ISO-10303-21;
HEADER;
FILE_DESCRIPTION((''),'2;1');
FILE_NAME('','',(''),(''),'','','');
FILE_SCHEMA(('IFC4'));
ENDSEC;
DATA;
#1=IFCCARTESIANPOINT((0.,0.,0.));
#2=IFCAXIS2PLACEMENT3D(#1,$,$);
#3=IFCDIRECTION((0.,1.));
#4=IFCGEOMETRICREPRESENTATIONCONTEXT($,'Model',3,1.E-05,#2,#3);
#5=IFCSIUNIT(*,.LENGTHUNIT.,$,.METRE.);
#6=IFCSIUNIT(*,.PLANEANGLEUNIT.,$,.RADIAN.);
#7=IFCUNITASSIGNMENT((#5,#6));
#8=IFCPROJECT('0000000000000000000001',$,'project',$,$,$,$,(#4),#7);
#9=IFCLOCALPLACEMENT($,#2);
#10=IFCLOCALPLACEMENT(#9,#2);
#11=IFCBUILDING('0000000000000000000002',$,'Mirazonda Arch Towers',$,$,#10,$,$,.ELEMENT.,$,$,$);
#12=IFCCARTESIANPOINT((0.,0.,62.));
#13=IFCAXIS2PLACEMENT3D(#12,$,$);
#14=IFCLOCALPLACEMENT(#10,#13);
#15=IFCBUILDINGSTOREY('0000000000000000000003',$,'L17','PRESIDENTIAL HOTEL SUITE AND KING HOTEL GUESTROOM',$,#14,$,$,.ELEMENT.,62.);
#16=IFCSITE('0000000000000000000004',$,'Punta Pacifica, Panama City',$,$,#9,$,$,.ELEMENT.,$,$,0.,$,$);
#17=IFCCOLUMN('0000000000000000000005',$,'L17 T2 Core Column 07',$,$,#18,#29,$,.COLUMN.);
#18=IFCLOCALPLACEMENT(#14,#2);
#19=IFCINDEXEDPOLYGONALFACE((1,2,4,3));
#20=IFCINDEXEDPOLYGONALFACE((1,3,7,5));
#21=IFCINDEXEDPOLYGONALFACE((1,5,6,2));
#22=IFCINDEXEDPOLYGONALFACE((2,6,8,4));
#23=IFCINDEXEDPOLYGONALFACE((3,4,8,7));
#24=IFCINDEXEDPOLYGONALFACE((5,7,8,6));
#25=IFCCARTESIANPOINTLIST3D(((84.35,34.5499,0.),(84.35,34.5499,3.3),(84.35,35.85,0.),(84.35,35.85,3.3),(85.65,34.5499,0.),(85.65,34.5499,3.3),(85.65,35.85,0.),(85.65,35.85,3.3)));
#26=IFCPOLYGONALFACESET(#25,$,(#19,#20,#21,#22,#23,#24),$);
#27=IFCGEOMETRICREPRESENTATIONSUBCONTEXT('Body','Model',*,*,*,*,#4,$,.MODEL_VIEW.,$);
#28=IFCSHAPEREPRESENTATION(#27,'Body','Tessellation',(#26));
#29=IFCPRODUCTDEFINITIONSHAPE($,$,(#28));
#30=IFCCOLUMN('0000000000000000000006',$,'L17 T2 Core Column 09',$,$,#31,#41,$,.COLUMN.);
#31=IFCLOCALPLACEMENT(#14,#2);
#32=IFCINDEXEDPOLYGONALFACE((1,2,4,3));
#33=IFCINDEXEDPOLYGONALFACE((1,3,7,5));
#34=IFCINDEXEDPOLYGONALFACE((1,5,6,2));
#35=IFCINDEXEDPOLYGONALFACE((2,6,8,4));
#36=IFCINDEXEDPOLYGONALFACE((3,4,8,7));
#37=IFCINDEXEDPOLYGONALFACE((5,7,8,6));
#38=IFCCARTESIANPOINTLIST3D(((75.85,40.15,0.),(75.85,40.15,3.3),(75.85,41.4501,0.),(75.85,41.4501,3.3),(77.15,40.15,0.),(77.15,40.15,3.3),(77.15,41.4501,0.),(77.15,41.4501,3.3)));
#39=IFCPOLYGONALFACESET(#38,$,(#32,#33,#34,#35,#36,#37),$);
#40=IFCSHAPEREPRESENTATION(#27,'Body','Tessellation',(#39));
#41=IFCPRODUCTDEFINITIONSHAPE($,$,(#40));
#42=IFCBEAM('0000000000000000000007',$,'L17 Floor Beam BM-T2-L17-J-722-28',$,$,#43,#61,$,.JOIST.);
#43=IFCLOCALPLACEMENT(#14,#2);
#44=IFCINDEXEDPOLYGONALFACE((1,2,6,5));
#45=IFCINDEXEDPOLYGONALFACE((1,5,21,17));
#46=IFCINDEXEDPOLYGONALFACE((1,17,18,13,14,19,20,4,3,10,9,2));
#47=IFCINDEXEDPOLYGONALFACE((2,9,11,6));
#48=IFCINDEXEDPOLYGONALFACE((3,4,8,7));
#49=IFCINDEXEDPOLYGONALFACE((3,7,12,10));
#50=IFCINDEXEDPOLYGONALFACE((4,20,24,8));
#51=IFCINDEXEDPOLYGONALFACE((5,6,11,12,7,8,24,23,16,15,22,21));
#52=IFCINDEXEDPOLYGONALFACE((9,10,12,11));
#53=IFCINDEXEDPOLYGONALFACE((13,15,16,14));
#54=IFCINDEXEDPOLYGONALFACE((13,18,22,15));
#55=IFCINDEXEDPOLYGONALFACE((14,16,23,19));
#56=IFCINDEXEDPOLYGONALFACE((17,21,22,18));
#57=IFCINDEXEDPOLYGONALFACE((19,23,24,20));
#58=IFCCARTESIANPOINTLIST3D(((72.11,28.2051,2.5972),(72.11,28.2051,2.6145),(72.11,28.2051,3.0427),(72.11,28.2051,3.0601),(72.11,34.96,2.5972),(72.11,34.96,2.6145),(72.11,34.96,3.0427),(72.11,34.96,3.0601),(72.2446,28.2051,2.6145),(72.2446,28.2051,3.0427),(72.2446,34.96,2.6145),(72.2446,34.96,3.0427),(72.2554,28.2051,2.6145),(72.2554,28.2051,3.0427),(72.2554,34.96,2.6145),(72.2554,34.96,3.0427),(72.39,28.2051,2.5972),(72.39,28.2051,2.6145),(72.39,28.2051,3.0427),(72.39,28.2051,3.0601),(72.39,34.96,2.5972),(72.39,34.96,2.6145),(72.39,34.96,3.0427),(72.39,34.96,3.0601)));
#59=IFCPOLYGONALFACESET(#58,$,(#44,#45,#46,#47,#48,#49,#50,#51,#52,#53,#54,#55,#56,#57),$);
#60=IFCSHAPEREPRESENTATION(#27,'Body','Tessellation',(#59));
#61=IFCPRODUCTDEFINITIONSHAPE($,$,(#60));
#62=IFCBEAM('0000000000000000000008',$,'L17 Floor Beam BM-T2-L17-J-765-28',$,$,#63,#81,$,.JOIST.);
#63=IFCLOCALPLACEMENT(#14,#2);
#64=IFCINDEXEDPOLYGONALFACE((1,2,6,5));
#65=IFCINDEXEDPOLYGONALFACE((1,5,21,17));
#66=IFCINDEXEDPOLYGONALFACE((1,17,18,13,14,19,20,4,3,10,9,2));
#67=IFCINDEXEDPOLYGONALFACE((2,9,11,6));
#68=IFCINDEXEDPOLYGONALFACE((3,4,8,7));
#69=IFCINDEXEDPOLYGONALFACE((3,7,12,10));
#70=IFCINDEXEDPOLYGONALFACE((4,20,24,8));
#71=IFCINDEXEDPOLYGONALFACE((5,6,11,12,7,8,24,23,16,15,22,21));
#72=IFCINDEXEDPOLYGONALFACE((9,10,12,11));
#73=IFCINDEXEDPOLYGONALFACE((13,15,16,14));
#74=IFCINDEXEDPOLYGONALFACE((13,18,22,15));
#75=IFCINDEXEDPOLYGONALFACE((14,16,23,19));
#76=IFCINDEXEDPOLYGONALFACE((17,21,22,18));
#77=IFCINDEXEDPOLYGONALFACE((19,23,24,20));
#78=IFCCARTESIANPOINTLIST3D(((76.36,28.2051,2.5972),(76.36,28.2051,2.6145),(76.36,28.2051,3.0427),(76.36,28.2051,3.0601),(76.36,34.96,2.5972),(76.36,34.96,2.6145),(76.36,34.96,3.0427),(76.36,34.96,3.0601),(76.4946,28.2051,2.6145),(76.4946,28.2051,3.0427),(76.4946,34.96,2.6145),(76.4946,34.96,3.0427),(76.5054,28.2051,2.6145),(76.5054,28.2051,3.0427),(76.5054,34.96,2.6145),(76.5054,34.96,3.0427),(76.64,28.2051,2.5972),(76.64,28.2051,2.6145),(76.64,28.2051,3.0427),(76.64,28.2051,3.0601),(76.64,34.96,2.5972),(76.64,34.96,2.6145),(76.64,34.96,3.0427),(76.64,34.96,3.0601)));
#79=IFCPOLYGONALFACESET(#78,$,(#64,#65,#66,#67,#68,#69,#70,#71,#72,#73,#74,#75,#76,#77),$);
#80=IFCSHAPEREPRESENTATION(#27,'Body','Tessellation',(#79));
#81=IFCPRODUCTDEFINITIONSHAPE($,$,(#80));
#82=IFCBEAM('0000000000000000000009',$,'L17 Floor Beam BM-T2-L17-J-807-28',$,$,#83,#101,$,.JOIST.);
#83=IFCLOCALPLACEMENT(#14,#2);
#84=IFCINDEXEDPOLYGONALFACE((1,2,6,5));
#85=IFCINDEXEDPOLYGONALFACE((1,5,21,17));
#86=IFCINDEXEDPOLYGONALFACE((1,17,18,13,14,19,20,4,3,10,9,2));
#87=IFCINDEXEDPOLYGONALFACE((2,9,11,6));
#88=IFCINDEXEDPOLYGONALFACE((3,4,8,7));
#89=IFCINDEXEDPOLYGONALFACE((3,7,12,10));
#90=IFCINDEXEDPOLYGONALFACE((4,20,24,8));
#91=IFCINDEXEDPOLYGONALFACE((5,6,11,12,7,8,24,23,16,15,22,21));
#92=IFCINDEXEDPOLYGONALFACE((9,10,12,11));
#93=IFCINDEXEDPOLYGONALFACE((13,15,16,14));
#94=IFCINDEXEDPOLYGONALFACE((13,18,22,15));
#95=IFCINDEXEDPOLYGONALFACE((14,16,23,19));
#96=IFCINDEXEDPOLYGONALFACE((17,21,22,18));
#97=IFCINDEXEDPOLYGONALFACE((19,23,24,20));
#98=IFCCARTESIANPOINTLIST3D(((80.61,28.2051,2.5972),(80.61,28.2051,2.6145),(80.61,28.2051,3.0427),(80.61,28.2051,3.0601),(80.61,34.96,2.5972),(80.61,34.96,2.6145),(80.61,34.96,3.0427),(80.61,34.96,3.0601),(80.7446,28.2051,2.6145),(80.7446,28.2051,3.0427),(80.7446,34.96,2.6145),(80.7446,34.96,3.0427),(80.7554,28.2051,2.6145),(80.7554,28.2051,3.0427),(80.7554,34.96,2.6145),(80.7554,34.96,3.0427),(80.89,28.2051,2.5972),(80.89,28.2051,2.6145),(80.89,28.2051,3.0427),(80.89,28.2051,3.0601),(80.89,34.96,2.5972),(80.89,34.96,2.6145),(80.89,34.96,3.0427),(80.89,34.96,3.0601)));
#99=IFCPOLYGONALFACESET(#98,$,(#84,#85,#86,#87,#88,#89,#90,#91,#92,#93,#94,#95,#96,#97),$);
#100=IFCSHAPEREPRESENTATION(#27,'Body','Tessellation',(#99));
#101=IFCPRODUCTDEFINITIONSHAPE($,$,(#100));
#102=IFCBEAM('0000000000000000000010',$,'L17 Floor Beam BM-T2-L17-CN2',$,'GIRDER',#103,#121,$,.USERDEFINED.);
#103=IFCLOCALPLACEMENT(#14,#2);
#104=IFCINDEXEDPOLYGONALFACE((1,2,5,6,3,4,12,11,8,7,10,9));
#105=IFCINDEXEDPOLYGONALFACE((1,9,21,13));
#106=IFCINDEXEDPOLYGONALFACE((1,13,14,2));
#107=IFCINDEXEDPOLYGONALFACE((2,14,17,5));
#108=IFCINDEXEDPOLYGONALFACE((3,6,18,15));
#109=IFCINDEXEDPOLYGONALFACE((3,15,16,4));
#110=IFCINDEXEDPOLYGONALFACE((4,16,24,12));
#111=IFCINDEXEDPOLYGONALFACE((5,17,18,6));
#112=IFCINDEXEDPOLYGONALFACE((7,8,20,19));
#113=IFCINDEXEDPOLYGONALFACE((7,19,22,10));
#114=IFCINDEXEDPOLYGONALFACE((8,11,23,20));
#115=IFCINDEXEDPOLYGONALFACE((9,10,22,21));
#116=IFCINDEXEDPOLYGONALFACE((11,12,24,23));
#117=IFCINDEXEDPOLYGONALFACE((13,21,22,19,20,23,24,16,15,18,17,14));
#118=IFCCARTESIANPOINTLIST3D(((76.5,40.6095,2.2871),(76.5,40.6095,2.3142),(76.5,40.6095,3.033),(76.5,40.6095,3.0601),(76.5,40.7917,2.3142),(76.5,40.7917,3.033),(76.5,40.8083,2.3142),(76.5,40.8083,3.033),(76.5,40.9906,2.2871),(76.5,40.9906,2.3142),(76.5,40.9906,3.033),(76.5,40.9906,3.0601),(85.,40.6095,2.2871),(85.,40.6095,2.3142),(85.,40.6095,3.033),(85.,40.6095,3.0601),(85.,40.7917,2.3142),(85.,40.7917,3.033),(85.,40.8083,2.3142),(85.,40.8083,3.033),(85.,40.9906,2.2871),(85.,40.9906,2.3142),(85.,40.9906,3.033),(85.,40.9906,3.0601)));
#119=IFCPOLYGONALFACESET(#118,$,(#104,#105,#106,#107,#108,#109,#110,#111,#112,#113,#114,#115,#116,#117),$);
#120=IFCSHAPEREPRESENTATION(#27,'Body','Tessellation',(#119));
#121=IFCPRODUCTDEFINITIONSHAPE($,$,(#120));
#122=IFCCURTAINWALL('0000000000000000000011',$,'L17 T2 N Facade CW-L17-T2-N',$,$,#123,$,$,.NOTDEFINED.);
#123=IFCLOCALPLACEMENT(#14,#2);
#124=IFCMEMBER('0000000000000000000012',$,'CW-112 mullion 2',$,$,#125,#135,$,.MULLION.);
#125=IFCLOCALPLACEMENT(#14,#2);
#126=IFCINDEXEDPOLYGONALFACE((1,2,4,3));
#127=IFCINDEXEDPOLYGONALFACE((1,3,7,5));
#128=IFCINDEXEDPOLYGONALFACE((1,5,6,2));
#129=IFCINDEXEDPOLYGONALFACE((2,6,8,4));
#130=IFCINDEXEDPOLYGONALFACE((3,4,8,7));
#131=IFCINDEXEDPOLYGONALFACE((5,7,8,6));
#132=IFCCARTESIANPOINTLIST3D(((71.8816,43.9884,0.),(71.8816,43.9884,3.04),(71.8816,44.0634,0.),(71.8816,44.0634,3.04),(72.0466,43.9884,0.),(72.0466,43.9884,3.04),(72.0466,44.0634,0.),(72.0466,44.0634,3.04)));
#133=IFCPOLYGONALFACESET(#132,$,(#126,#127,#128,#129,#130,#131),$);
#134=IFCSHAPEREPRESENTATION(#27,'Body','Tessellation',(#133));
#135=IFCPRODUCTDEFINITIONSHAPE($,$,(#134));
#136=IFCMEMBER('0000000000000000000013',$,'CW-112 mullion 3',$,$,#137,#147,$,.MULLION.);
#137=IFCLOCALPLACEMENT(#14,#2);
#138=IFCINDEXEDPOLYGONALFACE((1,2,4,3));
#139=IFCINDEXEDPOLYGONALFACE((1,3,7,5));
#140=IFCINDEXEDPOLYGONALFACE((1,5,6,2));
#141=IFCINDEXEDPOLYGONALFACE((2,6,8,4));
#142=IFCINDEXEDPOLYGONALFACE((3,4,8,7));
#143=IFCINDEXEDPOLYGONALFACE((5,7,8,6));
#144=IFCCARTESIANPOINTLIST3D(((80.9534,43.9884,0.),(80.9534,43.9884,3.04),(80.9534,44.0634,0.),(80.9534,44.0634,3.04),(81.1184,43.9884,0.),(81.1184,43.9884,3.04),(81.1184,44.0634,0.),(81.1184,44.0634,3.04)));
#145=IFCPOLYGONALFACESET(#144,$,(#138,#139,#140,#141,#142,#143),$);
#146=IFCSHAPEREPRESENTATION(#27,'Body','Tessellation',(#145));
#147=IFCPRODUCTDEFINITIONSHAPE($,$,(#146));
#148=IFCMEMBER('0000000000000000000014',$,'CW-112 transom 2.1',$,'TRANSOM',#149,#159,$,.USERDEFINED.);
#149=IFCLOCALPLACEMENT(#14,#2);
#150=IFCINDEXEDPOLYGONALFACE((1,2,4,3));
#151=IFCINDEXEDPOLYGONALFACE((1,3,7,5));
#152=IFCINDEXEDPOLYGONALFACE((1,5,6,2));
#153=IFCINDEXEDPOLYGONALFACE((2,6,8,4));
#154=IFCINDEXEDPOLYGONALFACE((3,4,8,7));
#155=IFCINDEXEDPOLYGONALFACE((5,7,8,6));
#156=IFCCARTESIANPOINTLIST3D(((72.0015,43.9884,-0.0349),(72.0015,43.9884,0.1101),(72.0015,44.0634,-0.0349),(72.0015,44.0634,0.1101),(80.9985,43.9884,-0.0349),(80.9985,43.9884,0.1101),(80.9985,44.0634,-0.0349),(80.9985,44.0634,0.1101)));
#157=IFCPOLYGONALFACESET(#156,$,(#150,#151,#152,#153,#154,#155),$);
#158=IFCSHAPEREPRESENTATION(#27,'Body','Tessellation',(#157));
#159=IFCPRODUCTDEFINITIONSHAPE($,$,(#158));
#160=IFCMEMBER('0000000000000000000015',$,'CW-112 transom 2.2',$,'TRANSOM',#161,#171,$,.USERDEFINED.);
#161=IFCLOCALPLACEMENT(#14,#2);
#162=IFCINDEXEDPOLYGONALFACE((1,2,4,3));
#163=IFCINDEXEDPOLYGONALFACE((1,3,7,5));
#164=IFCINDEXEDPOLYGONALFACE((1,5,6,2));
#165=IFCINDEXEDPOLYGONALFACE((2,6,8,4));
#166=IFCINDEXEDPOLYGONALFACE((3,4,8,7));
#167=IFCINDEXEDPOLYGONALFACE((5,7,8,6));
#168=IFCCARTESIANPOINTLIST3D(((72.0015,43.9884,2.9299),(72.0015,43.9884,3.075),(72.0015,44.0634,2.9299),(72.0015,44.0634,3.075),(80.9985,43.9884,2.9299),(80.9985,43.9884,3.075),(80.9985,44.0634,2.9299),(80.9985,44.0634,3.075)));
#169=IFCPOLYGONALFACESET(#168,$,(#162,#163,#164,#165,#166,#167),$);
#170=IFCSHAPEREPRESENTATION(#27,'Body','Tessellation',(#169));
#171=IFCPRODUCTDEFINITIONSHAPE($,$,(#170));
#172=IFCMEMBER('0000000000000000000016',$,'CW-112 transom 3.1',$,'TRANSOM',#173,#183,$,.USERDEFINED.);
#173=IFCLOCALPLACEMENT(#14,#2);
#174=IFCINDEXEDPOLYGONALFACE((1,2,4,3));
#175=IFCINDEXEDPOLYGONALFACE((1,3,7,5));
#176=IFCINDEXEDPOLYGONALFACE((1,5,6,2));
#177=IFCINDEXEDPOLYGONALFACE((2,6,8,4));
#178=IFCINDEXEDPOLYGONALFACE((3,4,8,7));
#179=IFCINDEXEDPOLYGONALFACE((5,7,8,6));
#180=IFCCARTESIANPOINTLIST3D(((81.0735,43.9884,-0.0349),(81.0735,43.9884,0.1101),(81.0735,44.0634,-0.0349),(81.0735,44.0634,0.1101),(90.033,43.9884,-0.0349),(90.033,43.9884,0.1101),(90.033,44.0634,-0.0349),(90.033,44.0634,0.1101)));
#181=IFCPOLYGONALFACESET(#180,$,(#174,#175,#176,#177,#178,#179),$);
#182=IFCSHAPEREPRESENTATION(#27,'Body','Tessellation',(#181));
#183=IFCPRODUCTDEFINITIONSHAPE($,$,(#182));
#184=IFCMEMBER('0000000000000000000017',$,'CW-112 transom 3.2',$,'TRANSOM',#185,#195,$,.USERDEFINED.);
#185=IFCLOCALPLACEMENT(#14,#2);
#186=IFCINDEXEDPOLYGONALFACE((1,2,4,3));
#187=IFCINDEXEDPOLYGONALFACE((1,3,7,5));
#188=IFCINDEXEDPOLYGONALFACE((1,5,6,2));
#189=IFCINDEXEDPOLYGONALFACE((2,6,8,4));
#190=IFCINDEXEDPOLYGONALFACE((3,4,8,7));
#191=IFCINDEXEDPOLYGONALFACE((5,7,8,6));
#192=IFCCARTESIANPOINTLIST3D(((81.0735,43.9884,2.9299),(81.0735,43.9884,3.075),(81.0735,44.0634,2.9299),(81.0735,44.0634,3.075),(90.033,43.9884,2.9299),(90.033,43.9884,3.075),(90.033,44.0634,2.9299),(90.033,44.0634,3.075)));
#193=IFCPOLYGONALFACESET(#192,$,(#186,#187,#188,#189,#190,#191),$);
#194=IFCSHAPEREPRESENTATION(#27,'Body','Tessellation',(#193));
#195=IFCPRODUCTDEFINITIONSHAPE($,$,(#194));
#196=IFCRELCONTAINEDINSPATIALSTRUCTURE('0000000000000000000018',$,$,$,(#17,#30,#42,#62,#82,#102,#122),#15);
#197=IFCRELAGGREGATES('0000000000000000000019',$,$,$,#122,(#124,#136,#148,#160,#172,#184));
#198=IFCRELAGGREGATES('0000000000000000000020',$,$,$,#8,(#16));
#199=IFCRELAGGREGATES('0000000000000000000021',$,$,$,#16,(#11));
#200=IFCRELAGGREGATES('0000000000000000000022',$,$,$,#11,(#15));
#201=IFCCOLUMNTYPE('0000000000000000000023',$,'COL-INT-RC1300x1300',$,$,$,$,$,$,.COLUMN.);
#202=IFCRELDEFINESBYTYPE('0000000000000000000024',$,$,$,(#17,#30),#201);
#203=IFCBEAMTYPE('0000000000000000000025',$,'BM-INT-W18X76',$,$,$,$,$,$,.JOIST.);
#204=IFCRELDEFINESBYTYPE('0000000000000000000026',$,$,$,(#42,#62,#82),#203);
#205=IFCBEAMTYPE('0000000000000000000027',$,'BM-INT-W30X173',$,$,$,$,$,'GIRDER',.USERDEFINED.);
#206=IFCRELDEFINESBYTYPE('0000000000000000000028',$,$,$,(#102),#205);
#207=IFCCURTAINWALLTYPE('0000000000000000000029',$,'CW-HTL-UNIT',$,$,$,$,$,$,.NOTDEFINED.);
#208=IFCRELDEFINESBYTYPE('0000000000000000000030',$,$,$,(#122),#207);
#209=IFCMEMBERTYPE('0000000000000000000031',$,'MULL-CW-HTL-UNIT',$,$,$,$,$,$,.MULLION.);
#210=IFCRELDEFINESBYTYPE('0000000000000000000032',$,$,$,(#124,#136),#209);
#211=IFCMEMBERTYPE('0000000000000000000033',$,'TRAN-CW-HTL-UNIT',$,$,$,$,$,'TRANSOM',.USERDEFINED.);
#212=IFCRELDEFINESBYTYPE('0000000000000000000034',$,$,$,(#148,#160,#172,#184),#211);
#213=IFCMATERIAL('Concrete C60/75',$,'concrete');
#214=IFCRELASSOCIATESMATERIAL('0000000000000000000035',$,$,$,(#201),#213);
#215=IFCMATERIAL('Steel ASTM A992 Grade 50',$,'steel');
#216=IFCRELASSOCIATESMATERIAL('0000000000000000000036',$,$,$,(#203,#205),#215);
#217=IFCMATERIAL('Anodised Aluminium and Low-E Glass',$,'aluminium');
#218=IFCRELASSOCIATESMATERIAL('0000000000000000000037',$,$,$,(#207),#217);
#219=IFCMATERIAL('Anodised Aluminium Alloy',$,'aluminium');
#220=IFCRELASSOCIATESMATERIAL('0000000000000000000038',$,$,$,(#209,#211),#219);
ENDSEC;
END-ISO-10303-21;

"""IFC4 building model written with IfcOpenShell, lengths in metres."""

from ifc_helpers import new_model, si_unit, direction, frame, origin, origin_2d, place, context, subcontext, project, spatial, rectangle, i_section, extrude, material, material_profile, profile_set, type_object, element, aggregate, save


model = new_model("IFC4")

# Units and contexts
model_context = context("Model", 3, precision=1e-05, world=origin(), true_north=direction((0.0, 1.0)))
body_context = subcontext(model_context, "Body", "Model", "MODEL_VIEW")
ifc_project = project(units=[si_unit("LENGTHUNIT", "METRE"), si_unit("PLANEANGLEUNIT", "RADIAN")], contexts=[model_context])

# Site, building, storey
site_placement = place(None, origin())
site = spatial("IfcSite", under=ifc_project, at=site_placement, Name="Punta Pacifica, Panama City", CompositionType="ELEMENT", RefElevation=0.0)
building_placement = place(site_placement, origin())
building = spatial("IfcBuilding", under=site, at=building_placement, Name="Mirazonda Arch Towers", CompositionType="ELEMENT")
storey_placement = place(building_placement, frame((0.0, 0.0, 62.0)))
storey = spatial("IfcBuildingStorey", under=building, at=storey_placement, Name="L17", Description="PRESIDENTIAL HOTEL SUITE AND KING HOTEL GUESTROOM", CompositionType="ELEMENT", Elevation=62.0)

# Columns
ifc_material_1 = material(Name="Concrete C60/75", Category="concrete")
ifc_material_profile_1 = material_profile(ifc_material_1, rectangle(XDim=1.3, YDim=1.3, at=origin_2d()), Name="RC1300x1300")
ifc_profile_set_1 = profile_set([ifc_material_profile_1], Name="Concrete C60/75")
column_type = type_object("IfcColumnType", Name="COL-INT-RC1300x1300", PredefinedType="COLUMN", material=ifc_profile_set_1)
for number, where, z_axis, x_axis, name in (
    (1, (85.0, 35.2, 0.0), (0.0, 0.0, 1.0), (1.0, 0.0, 0.0), "L17 T2 Core Column 07"),
    (2, (76.5, 40.8, 0.0), (0.0, 0.0, 1.0), (1.0, 0.0, 0.0), "L17 T2 Core Column 09"),
):
    element("IfcColumn", number, at=place(storey_placement, frame(where, z_axis=z_axis, x_axis=x_axis)), inside=storey, type_object=column_type, Name=name, PredefinedType="COLUMN", context=body_context, shape_type="SweptSolid", body=[
        extrude(rectangle(XDim=1.3, YDim=1.3, at=origin_2d()), origin(), (0.0, 0.0, 1.0), 3.3),
    ])

# Beams
ifc_material_2 = material(Name="Steel ASTM A992 Grade 50", Category="steel")
ifc_material_profile_2 = material_profile(ifc_material_2, i_section(OverallWidth=0.28, OverallDepth=0.4629, WebThickness=0.0107, FlangeThickness=0.0173, at=origin_2d()), Name="W18X76")
ifc_profile_set_2 = profile_set([ifc_material_profile_2], Name="Steel ASTM A992 Grade 50")
beam_type_1 = type_object("IfcBeamType", Name="BM-INT-W18X76", PredefinedType="JOIST", material=ifc_profile_set_2)
for number, where, z_axis, x_axis, name in (
    (3, (72.25, 28.2051, 2.8286), (0.0, 1.0, 0.0), (-1.0, 0.0, 0.0), "L17 Floor Beam BM-T2-L17-J-722-28"),
    (4, (76.5, 28.2051, 2.8286), (0.0, 1.0, 0.0), (-1.0, 0.0, 0.0), "L17 Floor Beam BM-T2-L17-J-765-28"),
    (5, (80.75, 28.2051, 2.8286), (0.0, 1.0, 0.0), (-1.0, 0.0, 0.0), "L17 Floor Beam BM-T2-L17-J-807-28"),
):
    element("IfcBeam", number, at=place(storey_placement, frame(where, z_axis=z_axis, x_axis=x_axis)), inside=storey, type_object=beam_type_1, Name=name, PredefinedType="JOIST", context=body_context, shape_type="SweptSolid", body=[
        extrude(i_section(OverallWidth=0.28, OverallDepth=0.4629, WebThickness=0.0107, FlangeThickness=0.0173, at=origin_2d()), origin(), (0.0, 0.0, 1.0), 6.7549),
    ])
ifc_material_profile_3 = material_profile(ifc_material_2, i_section(OverallWidth=0.3811, OverallDepth=0.7729, WebThickness=0.0166, FlangeThickness=0.0271, at=origin_2d()), Name="W30X173")
ifc_profile_set_3 = profile_set([ifc_material_profile_3], Name="Steel ASTM A992 Grade 50")
beam_type_2 = type_object("IfcBeamType", Name="BM-INT-W30X173", ElementType="GIRDER", PredefinedType="USERDEFINED", material=ifc_profile_set_3)
beam_placement = place(storey_placement, frame((76.5, 40.8, 2.6736), z_axis=(1.0, 0.0, 0.0), x_axis=(0.0, 1.0, 0.0)))
element("IfcBeam", 6, at=beam_placement, inside=storey, type_object=beam_type_2, Name="L17 Floor Beam BM-T2-L17-CN2", ObjectType="GIRDER", PredefinedType="USERDEFINED", context=body_context, shape_type="SweptSolid", body=[
    extrude(i_section(OverallWidth=0.3811, OverallDepth=0.7729, WebThickness=0.0166, FlangeThickness=0.0271, at=origin_2d()), origin(), (0.0, 0.0, 1.0), 8.5),
])

# Curtain wall, members
ifc_material_3 = material(Name="Anodised Aluminium and Low-E Glass", Category="aluminium")
curtain_wall_type = type_object("IfcCurtainWallType", Name="CW-HTL-UNIT", PredefinedType="NOTDEFINED", material=ifc_material_3)
curtain_wall_placement = place(storey_placement, origin())
curtain_wall = element("IfcCurtainWall", 7, at=curtain_wall_placement, inside=storey, type_object=curtain_wall_type, Name="L17 T2 N Facade CW-L17-T2-N", PredefinedType="NOTDEFINED")
ifc_material_4 = material(Name="Anodised Aluminium Alloy", Category="aluminium")
ifc_material_profile_4 = material_profile(ifc_material_4, rectangle(XDim=0.075, YDim=0.165, at=origin_2d()), Name="ALU-MULL-75x165")
ifc_profile_set_4 = profile_set([ifc_material_profile_4], Name="Anodised Aluminium Alloy")
member_type_1 = type_object("IfcMemberType", Name="MULL-CW-HTL-UNIT", PredefinedType="MULLION", material=ifc_profile_set_4)
member_1_placement = place(storey_placement, frame((71.9641, 44.0259, 0.0), z_axis=(0.0, 0.0, 1.0), x_axis=(0.0, 1.0, 0.0)))
member_1 = element("IfcMember", 8, at=member_1_placement, type_object=member_type_1, Name="CW-112 mullion 2", PredefinedType="MULLION", context=body_context, shape_type="SweptSolid", body=[
    extrude(rectangle(XDim=0.075, YDim=0.165, at=origin_2d()), origin(), (0.0, 0.0, 1.0), 3.04),
])
member_2_placement = place(storey_placement, frame((81.0359, 44.0259, 0.0), z_axis=(0.0, 0.0, 1.0), x_axis=(0.0, 1.0, 0.0)))
member_2 = element("IfcMember", 9, at=member_2_placement, type_object=member_type_1, Name="CW-112 mullion 3", PredefinedType="MULLION", context=body_context, shape_type="SweptSolid", body=[
    extrude(rectangle(XDim=0.075, YDim=0.165, at=origin_2d()), origin(), (0.0, 0.0, 1.0), 3.04),
])
ifc_material_profile_5 = material_profile(ifc_material_4, rectangle(XDim=0.075, YDim=0.145, at=origin_2d()), Name="ALU-TRAN-75x145")
ifc_profile_set_5 = profile_set([ifc_material_profile_5], Name="Anodised Aluminium Alloy")
member_type_2 = type_object("IfcMemberType", Name="TRAN-CW-HTL-UNIT", ElementType="TRANSOM", PredefinedType="USERDEFINED", material=ifc_profile_set_5)
member_3_placement = place(storey_placement, frame((72.0015, 44.0259, 0.0376), z_axis=(1.0, 0.0, 0.0), x_axis=(0.0, 1.0, 0.0)))
member_3 = element("IfcMember", 10, at=member_3_placement, type_object=member_type_2, Name="CW-112 transom 2.1", ObjectType="TRANSOM", PredefinedType="USERDEFINED", context=body_context, shape_type="SweptSolid", body=[
    extrude(rectangle(XDim=0.075, YDim=0.145, at=origin_2d()), origin(), (0.0, 0.0, 1.0), 8.9971),
])
member_4_placement = place(storey_placement, frame((72.0015, 44.0259, 3.0024), z_axis=(1.0, 0.0, 0.0), x_axis=(0.0, 1.0, 0.0)))
member_4 = element("IfcMember", 11, at=member_4_placement, type_object=member_type_2, Name="CW-112 transom 2.2", ObjectType="TRANSOM", PredefinedType="USERDEFINED", context=body_context, shape_type="SweptSolid", body=[
    extrude(rectangle(XDim=0.075, YDim=0.145, at=origin_2d()), origin(), (0.0, 0.0, 1.0), 8.9971),
])
member_5_placement = place(storey_placement, frame((81.0735, 44.0259, 0.0376), z_axis=(1.0, 0.0, 0.0), x_axis=(0.0, 1.0, 0.0)))
member_5 = element("IfcMember", 12, at=member_5_placement, type_object=member_type_2, Name="CW-112 transom 3.1", ObjectType="TRANSOM", PredefinedType="USERDEFINED", context=body_context, shape_type="SweptSolid", body=[
    extrude(rectangle(XDim=0.075, YDim=0.145, at=origin_2d()), origin(), (0.0, 0.0, 1.0), 8.9595),
])
member_6_placement = place(storey_placement, frame((81.0735, 44.0259, 3.0024), z_axis=(1.0, 0.0, 0.0), x_axis=(0.0, 1.0, 0.0)))
member_6 = element("IfcMember", 13, at=member_6_placement, type_object=member_type_2, Name="CW-112 transom 3.2", ObjectType="TRANSOM", PredefinedType="USERDEFINED", context=body_context, shape_type="SweptSolid", body=[
    extrude(rectangle(XDim=0.075, YDim=0.145, at=origin_2d()), origin(), (0.0, 0.0, 1.0), 8.9595),
])
aggregate(curtain_wall, [member_1, member_2, member_3, member_4, member_5, member_6])

save(model, "model.ifc")
